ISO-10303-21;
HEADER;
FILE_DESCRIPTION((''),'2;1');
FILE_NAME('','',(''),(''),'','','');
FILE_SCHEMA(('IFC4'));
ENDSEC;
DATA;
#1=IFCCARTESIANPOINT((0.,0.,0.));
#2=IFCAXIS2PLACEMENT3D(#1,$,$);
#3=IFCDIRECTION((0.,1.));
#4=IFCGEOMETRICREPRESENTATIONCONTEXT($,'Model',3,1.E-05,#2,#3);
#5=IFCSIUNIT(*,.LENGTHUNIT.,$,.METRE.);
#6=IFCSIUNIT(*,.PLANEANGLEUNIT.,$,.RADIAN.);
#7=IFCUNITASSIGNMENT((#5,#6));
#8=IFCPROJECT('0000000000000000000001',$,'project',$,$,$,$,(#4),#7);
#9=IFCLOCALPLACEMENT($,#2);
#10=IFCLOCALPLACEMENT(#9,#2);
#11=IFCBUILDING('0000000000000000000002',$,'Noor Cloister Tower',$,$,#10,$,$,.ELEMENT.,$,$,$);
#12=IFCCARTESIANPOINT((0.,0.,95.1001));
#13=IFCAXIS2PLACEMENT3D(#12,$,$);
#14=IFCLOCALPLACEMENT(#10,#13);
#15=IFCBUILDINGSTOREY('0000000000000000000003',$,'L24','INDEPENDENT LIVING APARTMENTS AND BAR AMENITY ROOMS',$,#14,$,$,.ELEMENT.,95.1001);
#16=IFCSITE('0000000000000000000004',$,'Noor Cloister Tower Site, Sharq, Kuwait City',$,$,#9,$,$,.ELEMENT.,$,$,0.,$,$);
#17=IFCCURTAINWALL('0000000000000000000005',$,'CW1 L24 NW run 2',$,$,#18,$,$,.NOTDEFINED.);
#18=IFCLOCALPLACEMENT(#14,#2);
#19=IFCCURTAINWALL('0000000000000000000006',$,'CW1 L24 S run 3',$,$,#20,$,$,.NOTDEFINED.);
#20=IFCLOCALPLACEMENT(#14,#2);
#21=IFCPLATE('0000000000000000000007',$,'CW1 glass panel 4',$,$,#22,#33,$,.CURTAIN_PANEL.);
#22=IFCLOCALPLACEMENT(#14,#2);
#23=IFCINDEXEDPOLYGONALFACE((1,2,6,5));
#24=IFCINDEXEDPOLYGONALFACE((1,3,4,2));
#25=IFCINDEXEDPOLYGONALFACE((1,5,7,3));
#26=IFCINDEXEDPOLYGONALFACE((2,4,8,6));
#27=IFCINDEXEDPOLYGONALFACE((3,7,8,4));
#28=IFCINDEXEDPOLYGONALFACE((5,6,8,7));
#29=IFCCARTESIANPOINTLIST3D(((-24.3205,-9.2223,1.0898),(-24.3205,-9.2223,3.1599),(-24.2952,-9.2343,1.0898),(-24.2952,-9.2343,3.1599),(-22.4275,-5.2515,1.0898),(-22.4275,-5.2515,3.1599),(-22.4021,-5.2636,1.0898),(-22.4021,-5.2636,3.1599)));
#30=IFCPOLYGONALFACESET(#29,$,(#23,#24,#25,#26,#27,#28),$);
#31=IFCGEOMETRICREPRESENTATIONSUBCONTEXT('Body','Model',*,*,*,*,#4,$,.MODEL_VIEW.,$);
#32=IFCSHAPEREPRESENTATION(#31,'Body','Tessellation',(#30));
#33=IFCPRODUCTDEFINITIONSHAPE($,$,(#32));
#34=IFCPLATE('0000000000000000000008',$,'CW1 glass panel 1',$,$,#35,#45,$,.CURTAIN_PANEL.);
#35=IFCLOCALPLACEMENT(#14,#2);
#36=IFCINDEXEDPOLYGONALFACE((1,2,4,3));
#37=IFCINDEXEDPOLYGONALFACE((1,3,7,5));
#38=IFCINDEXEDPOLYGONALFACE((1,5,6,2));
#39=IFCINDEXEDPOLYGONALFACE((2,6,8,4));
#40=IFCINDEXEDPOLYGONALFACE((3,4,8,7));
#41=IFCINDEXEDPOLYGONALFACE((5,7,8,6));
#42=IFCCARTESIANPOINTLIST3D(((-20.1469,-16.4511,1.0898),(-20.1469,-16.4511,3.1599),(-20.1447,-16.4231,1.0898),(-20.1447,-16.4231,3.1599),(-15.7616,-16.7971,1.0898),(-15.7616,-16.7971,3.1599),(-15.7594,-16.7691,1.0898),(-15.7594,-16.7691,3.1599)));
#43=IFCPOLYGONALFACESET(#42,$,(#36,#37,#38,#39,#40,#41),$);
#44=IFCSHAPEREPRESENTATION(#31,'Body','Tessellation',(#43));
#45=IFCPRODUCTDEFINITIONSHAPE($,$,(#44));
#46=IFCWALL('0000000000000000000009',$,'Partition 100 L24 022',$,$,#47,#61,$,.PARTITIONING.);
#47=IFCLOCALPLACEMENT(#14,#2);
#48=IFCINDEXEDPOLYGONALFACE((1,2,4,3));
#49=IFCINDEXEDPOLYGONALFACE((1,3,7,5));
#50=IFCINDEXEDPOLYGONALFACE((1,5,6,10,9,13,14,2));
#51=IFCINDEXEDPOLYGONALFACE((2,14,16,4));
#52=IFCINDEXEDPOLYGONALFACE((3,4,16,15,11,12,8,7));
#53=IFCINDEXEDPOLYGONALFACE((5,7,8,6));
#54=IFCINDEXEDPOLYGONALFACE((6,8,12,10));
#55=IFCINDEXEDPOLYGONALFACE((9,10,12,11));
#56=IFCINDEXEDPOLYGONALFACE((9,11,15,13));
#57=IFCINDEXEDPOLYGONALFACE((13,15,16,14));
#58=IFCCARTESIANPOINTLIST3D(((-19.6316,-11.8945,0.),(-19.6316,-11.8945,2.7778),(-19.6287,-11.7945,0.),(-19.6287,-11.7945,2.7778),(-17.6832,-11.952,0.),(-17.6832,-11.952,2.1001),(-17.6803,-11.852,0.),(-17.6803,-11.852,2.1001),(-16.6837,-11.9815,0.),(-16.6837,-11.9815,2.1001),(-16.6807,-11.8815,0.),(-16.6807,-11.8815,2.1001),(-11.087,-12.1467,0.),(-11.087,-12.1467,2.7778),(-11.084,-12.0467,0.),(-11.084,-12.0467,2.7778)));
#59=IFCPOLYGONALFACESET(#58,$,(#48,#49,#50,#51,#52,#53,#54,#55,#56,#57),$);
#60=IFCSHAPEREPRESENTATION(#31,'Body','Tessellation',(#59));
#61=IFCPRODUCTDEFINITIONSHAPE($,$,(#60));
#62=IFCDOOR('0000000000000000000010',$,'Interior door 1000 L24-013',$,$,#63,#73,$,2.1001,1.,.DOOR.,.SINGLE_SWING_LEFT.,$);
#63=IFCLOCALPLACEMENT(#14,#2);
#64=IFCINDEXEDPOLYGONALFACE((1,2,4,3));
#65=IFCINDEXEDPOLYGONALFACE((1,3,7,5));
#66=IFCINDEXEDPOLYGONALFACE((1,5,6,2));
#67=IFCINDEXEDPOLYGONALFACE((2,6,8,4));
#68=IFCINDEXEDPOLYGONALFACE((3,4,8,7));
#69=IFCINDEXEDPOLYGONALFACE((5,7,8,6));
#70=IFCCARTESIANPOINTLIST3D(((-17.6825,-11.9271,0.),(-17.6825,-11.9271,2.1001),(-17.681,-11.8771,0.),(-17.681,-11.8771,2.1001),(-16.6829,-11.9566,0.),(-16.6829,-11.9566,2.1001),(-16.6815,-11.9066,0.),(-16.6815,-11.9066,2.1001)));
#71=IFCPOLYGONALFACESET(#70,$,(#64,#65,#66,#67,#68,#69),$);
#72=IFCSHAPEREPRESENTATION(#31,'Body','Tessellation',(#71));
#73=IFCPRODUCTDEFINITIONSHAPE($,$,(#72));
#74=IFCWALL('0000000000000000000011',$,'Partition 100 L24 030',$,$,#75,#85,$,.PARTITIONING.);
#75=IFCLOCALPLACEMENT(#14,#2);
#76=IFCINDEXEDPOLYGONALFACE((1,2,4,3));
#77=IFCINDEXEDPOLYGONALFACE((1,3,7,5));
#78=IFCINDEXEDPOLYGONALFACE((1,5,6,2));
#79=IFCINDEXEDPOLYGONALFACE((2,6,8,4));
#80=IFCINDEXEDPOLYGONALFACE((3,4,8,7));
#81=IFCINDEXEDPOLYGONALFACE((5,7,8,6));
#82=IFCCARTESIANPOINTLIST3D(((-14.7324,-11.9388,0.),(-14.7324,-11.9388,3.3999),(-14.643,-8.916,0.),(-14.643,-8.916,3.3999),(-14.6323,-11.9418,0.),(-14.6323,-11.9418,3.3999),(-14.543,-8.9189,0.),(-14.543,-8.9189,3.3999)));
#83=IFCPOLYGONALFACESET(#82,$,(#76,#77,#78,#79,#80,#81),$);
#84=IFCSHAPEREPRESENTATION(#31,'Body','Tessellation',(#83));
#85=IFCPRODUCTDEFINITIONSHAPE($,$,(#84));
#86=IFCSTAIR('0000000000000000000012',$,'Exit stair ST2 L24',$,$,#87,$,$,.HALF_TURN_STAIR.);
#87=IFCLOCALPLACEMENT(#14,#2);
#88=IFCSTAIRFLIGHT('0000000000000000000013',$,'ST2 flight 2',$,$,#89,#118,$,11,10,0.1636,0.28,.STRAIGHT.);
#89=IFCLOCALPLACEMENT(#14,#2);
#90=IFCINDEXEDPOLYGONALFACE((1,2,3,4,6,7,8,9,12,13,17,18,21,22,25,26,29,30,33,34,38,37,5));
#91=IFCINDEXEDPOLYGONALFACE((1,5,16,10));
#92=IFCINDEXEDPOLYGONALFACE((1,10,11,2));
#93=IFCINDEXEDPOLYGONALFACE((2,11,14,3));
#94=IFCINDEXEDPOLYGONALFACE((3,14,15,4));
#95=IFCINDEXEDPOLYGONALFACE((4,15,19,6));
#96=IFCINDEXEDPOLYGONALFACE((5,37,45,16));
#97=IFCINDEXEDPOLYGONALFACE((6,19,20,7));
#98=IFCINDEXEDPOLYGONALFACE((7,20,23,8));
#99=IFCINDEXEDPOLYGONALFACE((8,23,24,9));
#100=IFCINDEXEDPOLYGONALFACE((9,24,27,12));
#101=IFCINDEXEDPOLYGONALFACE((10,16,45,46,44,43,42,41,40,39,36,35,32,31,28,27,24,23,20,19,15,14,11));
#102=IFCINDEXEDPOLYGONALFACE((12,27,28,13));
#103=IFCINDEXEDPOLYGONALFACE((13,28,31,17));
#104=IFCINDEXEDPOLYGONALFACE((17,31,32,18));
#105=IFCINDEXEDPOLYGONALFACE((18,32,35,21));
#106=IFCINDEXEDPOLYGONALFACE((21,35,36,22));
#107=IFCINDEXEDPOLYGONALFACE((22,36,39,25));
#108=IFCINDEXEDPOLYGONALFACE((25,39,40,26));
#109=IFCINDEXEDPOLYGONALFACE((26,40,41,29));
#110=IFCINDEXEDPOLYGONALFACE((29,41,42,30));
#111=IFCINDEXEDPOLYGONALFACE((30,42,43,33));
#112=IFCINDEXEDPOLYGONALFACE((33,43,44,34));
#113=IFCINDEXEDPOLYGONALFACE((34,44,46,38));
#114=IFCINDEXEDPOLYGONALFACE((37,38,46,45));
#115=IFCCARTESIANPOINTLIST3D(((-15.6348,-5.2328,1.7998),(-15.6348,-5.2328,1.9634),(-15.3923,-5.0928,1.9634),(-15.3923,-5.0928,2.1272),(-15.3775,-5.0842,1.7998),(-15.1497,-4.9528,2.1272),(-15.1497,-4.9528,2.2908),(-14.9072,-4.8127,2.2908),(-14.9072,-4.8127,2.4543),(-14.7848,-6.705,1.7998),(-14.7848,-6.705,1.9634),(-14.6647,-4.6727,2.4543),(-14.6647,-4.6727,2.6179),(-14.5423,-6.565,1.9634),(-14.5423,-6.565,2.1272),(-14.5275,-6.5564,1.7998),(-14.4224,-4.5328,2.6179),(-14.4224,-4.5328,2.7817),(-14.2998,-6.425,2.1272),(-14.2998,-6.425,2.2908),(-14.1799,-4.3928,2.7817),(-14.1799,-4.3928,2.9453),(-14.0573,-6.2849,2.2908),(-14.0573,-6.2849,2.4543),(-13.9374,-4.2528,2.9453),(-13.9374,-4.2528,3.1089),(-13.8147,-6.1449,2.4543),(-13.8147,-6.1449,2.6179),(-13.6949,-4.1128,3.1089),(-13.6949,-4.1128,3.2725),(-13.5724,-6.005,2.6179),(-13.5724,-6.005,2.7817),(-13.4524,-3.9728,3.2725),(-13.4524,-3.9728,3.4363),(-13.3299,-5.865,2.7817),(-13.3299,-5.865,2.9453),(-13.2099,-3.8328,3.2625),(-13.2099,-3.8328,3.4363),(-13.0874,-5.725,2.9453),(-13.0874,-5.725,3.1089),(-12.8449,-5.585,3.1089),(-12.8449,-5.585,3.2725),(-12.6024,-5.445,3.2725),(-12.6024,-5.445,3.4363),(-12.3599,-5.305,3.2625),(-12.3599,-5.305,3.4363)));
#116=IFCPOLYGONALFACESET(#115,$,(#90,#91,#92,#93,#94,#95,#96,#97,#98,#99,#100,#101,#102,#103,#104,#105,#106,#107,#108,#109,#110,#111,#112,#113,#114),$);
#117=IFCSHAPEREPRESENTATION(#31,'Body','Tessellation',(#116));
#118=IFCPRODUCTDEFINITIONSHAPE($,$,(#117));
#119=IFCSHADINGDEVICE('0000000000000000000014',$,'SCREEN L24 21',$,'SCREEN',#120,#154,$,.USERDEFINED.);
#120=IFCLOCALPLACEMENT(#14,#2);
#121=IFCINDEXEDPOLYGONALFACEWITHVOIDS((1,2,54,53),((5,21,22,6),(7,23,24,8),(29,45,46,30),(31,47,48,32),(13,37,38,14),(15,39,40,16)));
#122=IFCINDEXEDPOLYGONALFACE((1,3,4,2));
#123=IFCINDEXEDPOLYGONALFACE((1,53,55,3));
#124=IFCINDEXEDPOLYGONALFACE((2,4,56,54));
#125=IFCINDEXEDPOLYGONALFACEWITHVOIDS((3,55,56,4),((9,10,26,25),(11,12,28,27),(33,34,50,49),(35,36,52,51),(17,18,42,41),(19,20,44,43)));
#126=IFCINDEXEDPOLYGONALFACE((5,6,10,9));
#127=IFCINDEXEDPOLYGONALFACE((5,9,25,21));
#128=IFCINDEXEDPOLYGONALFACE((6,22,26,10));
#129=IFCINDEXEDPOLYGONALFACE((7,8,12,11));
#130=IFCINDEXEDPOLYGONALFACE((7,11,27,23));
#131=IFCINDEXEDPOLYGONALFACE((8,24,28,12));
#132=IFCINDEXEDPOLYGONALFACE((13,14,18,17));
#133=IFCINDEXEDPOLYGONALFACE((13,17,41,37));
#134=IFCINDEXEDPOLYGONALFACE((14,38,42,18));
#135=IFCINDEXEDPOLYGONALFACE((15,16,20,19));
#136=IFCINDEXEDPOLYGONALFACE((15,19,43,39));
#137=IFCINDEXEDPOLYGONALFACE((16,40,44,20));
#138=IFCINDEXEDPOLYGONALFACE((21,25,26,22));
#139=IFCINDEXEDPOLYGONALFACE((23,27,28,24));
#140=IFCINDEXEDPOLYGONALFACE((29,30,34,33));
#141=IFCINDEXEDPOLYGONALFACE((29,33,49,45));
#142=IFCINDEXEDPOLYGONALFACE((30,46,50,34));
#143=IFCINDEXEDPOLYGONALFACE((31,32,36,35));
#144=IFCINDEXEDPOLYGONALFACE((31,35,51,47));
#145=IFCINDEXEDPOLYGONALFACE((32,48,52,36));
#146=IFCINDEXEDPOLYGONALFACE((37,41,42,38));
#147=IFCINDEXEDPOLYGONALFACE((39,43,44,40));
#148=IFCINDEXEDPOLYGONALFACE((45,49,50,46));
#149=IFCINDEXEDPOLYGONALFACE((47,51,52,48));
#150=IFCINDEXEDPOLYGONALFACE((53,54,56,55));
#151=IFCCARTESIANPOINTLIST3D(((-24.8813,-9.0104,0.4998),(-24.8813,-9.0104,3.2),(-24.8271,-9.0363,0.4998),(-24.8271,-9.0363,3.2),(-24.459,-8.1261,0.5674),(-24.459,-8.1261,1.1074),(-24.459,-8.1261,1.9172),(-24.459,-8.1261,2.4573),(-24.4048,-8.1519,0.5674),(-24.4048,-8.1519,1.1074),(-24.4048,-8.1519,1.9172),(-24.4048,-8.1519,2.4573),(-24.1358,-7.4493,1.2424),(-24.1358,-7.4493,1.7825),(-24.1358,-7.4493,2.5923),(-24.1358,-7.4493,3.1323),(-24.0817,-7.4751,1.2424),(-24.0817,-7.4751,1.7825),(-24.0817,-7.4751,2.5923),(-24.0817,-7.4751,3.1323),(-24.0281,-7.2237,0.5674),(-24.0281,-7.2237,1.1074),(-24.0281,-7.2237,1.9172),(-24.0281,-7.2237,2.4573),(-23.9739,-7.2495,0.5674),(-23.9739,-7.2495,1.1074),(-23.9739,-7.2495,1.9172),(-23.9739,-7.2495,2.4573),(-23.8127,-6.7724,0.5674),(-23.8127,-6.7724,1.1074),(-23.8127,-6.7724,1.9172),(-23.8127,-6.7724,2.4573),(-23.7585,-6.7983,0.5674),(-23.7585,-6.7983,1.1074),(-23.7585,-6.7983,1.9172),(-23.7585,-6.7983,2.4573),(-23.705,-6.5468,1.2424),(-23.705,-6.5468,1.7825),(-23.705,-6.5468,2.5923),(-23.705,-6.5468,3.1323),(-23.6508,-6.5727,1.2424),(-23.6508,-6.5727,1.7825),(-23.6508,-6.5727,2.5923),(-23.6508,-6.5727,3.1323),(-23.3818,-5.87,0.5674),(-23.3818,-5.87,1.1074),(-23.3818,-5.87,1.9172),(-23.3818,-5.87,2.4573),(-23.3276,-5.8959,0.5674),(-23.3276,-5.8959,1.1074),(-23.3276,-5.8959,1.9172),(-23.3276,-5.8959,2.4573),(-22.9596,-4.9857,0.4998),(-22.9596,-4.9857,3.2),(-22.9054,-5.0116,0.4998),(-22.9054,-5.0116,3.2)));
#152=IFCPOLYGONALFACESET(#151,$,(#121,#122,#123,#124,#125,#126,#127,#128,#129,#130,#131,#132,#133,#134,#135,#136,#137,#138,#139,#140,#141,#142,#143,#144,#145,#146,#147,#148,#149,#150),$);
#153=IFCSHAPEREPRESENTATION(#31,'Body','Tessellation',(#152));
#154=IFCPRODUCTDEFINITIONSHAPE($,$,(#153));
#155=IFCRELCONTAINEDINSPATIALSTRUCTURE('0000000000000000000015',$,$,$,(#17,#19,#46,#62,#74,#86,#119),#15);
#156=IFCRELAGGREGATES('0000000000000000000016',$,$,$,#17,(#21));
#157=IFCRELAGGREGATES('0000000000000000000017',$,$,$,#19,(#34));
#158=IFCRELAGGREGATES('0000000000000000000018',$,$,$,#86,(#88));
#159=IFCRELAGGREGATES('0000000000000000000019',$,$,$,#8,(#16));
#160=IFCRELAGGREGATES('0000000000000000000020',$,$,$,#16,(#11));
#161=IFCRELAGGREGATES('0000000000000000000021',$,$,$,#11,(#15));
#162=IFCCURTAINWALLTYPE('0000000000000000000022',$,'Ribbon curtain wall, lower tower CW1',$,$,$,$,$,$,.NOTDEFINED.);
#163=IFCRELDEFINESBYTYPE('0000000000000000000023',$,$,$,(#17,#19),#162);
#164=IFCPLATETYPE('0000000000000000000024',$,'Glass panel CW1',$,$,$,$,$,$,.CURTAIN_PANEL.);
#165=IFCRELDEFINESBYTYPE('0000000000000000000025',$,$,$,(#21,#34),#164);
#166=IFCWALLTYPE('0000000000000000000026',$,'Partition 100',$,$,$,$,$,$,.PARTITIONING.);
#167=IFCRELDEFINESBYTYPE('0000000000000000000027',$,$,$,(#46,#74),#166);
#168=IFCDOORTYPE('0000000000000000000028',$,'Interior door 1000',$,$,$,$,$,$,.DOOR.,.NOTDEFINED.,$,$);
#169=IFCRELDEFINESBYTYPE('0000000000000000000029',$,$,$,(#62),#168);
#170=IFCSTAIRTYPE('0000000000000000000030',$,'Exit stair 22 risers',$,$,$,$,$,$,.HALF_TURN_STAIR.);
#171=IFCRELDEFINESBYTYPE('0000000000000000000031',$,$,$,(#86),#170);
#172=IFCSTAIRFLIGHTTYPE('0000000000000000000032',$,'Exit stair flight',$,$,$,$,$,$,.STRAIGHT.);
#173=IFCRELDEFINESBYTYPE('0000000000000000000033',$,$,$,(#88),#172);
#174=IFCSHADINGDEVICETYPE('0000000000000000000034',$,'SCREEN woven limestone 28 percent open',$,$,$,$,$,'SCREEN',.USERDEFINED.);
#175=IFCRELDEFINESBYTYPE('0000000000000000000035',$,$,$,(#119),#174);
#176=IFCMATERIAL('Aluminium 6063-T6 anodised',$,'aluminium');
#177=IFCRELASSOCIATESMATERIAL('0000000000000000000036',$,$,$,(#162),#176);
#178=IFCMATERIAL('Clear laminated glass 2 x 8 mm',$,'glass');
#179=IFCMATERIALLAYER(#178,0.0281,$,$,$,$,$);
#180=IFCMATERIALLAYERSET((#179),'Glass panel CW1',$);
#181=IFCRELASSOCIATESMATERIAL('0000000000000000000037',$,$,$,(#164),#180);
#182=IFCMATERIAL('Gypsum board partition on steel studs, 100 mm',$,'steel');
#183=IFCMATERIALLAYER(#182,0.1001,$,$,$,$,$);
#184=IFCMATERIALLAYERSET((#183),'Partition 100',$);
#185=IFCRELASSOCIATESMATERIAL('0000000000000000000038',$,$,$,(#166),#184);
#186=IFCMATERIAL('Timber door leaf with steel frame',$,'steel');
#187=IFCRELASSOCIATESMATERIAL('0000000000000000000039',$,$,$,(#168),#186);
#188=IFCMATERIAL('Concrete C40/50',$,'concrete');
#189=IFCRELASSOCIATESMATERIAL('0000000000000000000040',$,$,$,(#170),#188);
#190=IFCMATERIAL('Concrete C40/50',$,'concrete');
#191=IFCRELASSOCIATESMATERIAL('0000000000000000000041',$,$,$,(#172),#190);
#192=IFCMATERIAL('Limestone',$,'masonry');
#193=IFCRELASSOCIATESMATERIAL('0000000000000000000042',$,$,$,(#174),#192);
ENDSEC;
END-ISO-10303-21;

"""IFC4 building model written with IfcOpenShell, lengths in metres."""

from ifc_helpers import new_model, si_unit, direction, frame, frame_2d, origin, origin_2d, place, context, subcontext, project, spatial, polyline, rectangle, outline, extrude, material, layer, layer_set, material_profile, profile_set, type_object, element, fill, aggregate, save


model = new_model("IFC4")

# Units and contexts
model_context = context("Model", 3, precision=1e-05, world=origin(), true_north=direction((0.0, 1.0)))
body_context = subcontext(model_context, "Body", "Model", "MODEL_VIEW")
ifc_project = project(units=[si_unit("LENGTHUNIT", "METRE"), si_unit("PLANEANGLEUNIT", "RADIAN")], contexts=[model_context])

# Site, building, storey
site_placement = place(None, origin())
site = spatial("IfcSite", under=ifc_project, at=site_placement, Name="Noor Cloister Tower Site, Sharq, Kuwait City", CompositionType="ELEMENT", RefElevation=0.0)
building_placement = place(site_placement, origin())
building = spatial("IfcBuilding", under=site, at=building_placement, Name="Noor Cloister Tower", CompositionType="ELEMENT")
storey_placement = place(building_placement, frame((0.0, 0.0, 95.1001)))
storey = spatial("IfcBuildingStorey", under=building, at=storey_placement, Name="L24", Description="INDEPENDENT LIVING APARTMENTS AND BAR AMENITY ROOMS", CompositionType="ELEMENT", Elevation=95.1001)

# Curtain wall
ifc_material_1 = material(Name="Aluminium 6063-T6 anodised", Category="aluminium")
curtain_wall_type = type_object("IfcCurtainWallType", Name="Ribbon curtain wall, lower tower CW1", PredefinedType="NOTDEFINED", material=ifc_material_1)
curtain_wall_1_placement = place(storey_placement, origin())
curtain_wall_1 = element("IfcCurtainWall", 1, at=curtain_wall_1_placement, inside=storey, type_object=curtain_wall_type, Name="CW1 L24 NW run 2", PredefinedType="NOTDEFINED")

# Curtain wall
curtain_wall_2_placement = place(storey_placement, origin())
curtain_wall_2 = element("IfcCurtainWall", 2, at=curtain_wall_2_placement, inside=storey, type_object=curtain_wall_type, Name="CW1 L24 S run 3", PredefinedType="NOTDEFINED")

# Plates
ifc_material_2 = material(Name="Clear laminated glass 2 x 8 mm", Category="glass")
ifc_layer_1 = layer(ifc_material_2, 0.0281)
ifc_layer_set_1 = layer_set([ifc_layer_1], Name="Glass panel CW1")
plate_type = type_object("IfcPlateType", Name="Glass panel CW1", PredefinedType="CURTAIN_PANEL", material=ifc_layer_set_1)
plate_1_placement = place(storey_placement, frame((-23.3613, -7.2429, 1.0898), z_axis=(0.0, 0.0, 1.0), x_axis=(-0.430337, -0.902668, 0.0)))
plate_1 = element("IfcPlate", 3, at=plate_1_placement, type_object=plate_type, Name="CW1 glass panel 4", PredefinedType="CURTAIN_PANEL", context=body_context, shape_type="SweptSolid", body=[
    extrude(rectangle(XDim=4.3989, YDim=0.0281, at=origin_2d()), origin(), (0.0, 0.0, 1.0), 2.0701),
])
aggregate(curtain_wall_1, [plate_1])
plate_2_placement = place(storey_placement, frame((-17.9531, -16.6101, 1.0898), z_axis=(0.0, 0.0, 1.0), x_axis=(0.996902, -0.078652, 0.0)))
plate_2 = element("IfcPlate", 4, at=plate_2_placement, type_object=plate_type, Name="CW1 glass panel 1", PredefinedType="CURTAIN_PANEL", context=body_context, shape_type="SweptSolid", body=[
    extrude(rectangle(XDim=4.3989, YDim=0.0281, at=origin_2d()), origin(), (0.0, 0.0, 1.0), 2.0701),
])
aggregate(curtain_wall_2, [plate_2])

# Wall, opening, door
ifc_material_3 = material(Name="Gypsum board partition on steel studs, 100 mm", Category="steel")
ifc_layer_2 = layer(ifc_material_3, 0.1001)
ifc_layer_set_2 = layer_set([ifc_layer_2], Name="Partition 100")
wall_type = type_object("IfcWallType", Name="Partition 100", PredefinedType="PARTITIONING", material=ifc_layer_set_2)
wall_1_placement = place(storey_placement, frame((-19.6301, -11.8445, 0.0), z_axis=(0.0, 0.0, 1.0), x_axis=(0.999565, -0.029502, 0.0)))
wall_1 = element("IfcWall", 5, at=wall_1_placement, inside=storey, type_object=wall_type, Name="Partition 100 L24 022", PredefinedType="PARTITIONING", context=body_context, shape_type="SweptSolid", body=[
    extrude(rectangle(XDim=8.5483, YDim=0.1001, at=frame_2d((4.2742, 0.0))), origin(), (0.0, 0.0, 1.0), 2.7778),
])
opening_placement = place(wall_1_placement, frame((1.9492, 0.0, 0.0)))
opening = element("IfcOpeningElement", 6, at=opening_placement, cuts=wall_1, PredefinedType="OPENING", context=body_context, shape_type="SweptSolid", body=[
    extrude(rectangle(XDim=1.0, YDim=2.1001, at=frame_2d((0.5, 1.05))), frame((0.0, 0.0601, 0.0), z_axis=(0.0, -1.0, 0.0), x_axis=(1.0, 0.0, 0.0)), (0.0, 0.0, 1.0), 0.1201),
])
ifc_material_4 = material(Name="Timber door leaf with steel frame", Category="steel")
door_type = type_object("IfcDoorType", Name="Interior door 1000", OperationType="NOTDEFINED", PredefinedType="DOOR", material=ifc_material_4)
door_placement = place(opening_placement, origin())
door = element("IfcDoor", 7, at=door_placement, inside=storey, type_object=door_type, Name="Interior door 1000 L24-013", OperationType="SINGLE_SWING_LEFT", OverallHeight=2.1001, OverallWidth=1.0, PredefinedType="DOOR", context=body_context, shape_type="SweptSolid", body=[
    extrude(rectangle(XDim=1.0, YDim=2.1001, at=frame_2d((0.5, 1.05))), frame((0.0, 0.0249, 0.0), z_axis=(0.0, -1.0, 0.0), x_axis=(1.0, 0.0, 0.0)), (0.0, 0.0, 1.0), 0.05),
])
fill(opening, door)

# Wall
wall_2_placement = place(storey_placement, frame((-14.6824, -11.9404, 0.0), z_axis=(0.0, 0.0, 1.0), x_axis=(0.029546, 0.999563, 0.0)))
element("IfcWall", 8, at=wall_2_placement, inside=storey, type_object=wall_type, Name="Partition 100 L24 030", PredefinedType="PARTITIONING", context=body_context, shape_type="SweptSolid", body=[
    extrude(rectangle(XDim=3.0242, YDim=0.1001, at=frame_2d((1.5122, 0.0))), origin(), (0.0, 0.0, 1.0), 3.3999),
])

# Stair, stair flight
ifc_material_5 = material(Name="Concrete C40/50", Category="concrete")
stair_type = type_object("IfcStairType", Name="Exit stair 22 risers", PredefinedType="HALF_TURN_STAIR", material=ifc_material_5)
stair_placement = place(storey_placement, origin())
stair = element("IfcStair", 9, at=stair_placement, inside=storey, type_object=stair_type, Name="Exit stair ST2 L24", PredefinedType="HALF_TURN_STAIR")
ifc_material_6 = material(Name="Concrete C40/50", Category="concrete")
stair_flight_type = type_object("IfcStairFlightType", Name="Exit stair flight", PredefinedType="STRAIGHT", material=ifc_material_6)
stair_flight_placement = place(storey_placement, frame((-15.2097, -5.969, 1.7998), z_axis=(0.0, 0.0, 1.0), x_axis=(0.866025, 0.5, 0.0)))
stair_flight = element("IfcStairFlight", 10, at=stair_flight_placement, type_object=stair_flight_type, Name="ST2 flight 2", NumberOfRisers=11, NumberOfTreads=10, PredefinedType="STRAIGHT", RiserHeight=0.1636, TreadLength=0.28, context=body_context, shape_type="SweptSolid", body=[
    extrude(outline(polyline([(0.0, 0.0), (0.0, 0.1636), (0.28, 0.1636), (0.28, 0.3274), (0.5601, 0.3274), (0.5601, 0.491), (0.8401, 0.491), (0.8401, 0.6545), (1.1201, 0.6545), (1.1201, 0.8181), (1.3999, 0.8181), (1.3999, 0.9819), (1.6799, 0.9819), (1.6799, 1.1455), (1.96, 1.1455), (1.96, 1.3091), (2.24, 1.3091), (2.24, 1.4727), (2.52, 1.4727), (2.52, 1.6365), (2.8, 1.6365), (2.8, 1.8), (2.8, 1.4626), (0.2971, 0.0), (0.0, 0.0)])), frame((0.0, 0.8501, 0.0), z_axis=(0.0, -1.0, 0.0), x_axis=(1.0, 0.0, 0.0)), (0.0, 0.0, 1.0), 1.7),
])
aggregate(stair, [stair_flight])

# Shading device
ifc_material_7 = material(Name="Limestone", Category="masonry")
ifc_material_profile_1 = material_profile(ifc_material_7, outline(polyline([(-2.23, -1.3501), (2.23, -1.3501), (2.23, 1.3501), (-2.23, 1.3501), (-2.23, -1.3501)]), holes=[polyline([(-1.25, -1.2825), (-0.25, -1.2825), (-0.25, -0.7424), (-1.25, -0.7424), (-1.25, -1.2825)]), polyline([(0.25, -1.2825), (1.25, -1.2825), (1.25, -0.7424), (0.25, -0.7424), (0.25, -1.2825)]), polyline([(-0.5, -0.6074), (0.5, -0.6074), (0.5, -0.0674), (-0.5, -0.0674), (-0.5, -0.6074)]), polyline([(-1.25, 0.0674), (-0.25, 0.0674), (-0.25, 0.6074), (-1.25, 0.6074), (-1.25, 0.0674)]), polyline([(0.25, 0.0674), (1.25, 0.0674), (1.25, 0.6074), (0.25, 0.6074), (0.25, 0.0674)]), polyline([(-0.5, 0.7424), (0.5, 0.7424), (0.5, 1.2825), (-0.5, 1.2825), (-0.5, 0.7424)])]), Name="Woven screen 28 percent open")
ifc_profile_set_1 = profile_set([ifc_material_profile_1], Name="Limestone")
shading_device_type = type_object("IfcShadingDeviceType", Name="SCREEN woven limestone 28 percent open", ElementType="SCREEN", PredefinedType="USERDEFINED", material=ifc_profile_set_1)
for number, where, z_axis, x_axis, name in (
    (11, (-23.8662, -7.0239, 1.8499), (-0.902409, 0.43088, 0.0), (-0.43088, -0.902409, 0.0), "SCREEN L24 21"),
):
    element("IfcShadingDevice", number, at=place(storey_placement, frame(where, z_axis=z_axis, x_axis=x_axis)), inside=storey, type_object=shading_device_type, Name=name, ObjectType="SCREEN", PredefinedType="USERDEFINED", context=body_context, shape_type="SweptSolid", body=[
        extrude(outline(polyline([(-2.23, -1.3501), (2.23, -1.3501), (2.23, 1.3501), (-2.23, 1.3501), (-2.23, -1.3501)]), holes=[polyline([(-1.25, -1.2825), (-0.25, -1.2825), (-0.25, -0.7424), (-1.25, -0.7424), (-1.25, -1.2825)]), polyline([(0.25, -1.2825), (1.25, -1.2825), (1.25, -0.7424), (0.25, -0.7424), (0.25, -1.2825)]), polyline([(-0.5, -0.6074), (0.5, -0.6074), (0.5, -0.0674), (-0.5, -0.0674), (-0.5, -0.6074)]), polyline([(-1.25, 0.0674), (-0.25, 0.0674), (-0.25, 0.6074), (-1.25, 0.6074), (-1.25, 0.0674)]), polyline([(0.25, 0.0674), (1.25, 0.0674), (1.25, 0.6074), (0.25, 0.6074), (0.25, 0.0674)]), polyline([(-0.5, 0.7424), (0.5, 0.7424), (0.5, 1.2825), (-0.5, 1.2825), (-0.5, 0.7424)])]), origin(), (0.0, 0.0, 1.0), 0.0601),
    ])

save(model, "model.ifc")
